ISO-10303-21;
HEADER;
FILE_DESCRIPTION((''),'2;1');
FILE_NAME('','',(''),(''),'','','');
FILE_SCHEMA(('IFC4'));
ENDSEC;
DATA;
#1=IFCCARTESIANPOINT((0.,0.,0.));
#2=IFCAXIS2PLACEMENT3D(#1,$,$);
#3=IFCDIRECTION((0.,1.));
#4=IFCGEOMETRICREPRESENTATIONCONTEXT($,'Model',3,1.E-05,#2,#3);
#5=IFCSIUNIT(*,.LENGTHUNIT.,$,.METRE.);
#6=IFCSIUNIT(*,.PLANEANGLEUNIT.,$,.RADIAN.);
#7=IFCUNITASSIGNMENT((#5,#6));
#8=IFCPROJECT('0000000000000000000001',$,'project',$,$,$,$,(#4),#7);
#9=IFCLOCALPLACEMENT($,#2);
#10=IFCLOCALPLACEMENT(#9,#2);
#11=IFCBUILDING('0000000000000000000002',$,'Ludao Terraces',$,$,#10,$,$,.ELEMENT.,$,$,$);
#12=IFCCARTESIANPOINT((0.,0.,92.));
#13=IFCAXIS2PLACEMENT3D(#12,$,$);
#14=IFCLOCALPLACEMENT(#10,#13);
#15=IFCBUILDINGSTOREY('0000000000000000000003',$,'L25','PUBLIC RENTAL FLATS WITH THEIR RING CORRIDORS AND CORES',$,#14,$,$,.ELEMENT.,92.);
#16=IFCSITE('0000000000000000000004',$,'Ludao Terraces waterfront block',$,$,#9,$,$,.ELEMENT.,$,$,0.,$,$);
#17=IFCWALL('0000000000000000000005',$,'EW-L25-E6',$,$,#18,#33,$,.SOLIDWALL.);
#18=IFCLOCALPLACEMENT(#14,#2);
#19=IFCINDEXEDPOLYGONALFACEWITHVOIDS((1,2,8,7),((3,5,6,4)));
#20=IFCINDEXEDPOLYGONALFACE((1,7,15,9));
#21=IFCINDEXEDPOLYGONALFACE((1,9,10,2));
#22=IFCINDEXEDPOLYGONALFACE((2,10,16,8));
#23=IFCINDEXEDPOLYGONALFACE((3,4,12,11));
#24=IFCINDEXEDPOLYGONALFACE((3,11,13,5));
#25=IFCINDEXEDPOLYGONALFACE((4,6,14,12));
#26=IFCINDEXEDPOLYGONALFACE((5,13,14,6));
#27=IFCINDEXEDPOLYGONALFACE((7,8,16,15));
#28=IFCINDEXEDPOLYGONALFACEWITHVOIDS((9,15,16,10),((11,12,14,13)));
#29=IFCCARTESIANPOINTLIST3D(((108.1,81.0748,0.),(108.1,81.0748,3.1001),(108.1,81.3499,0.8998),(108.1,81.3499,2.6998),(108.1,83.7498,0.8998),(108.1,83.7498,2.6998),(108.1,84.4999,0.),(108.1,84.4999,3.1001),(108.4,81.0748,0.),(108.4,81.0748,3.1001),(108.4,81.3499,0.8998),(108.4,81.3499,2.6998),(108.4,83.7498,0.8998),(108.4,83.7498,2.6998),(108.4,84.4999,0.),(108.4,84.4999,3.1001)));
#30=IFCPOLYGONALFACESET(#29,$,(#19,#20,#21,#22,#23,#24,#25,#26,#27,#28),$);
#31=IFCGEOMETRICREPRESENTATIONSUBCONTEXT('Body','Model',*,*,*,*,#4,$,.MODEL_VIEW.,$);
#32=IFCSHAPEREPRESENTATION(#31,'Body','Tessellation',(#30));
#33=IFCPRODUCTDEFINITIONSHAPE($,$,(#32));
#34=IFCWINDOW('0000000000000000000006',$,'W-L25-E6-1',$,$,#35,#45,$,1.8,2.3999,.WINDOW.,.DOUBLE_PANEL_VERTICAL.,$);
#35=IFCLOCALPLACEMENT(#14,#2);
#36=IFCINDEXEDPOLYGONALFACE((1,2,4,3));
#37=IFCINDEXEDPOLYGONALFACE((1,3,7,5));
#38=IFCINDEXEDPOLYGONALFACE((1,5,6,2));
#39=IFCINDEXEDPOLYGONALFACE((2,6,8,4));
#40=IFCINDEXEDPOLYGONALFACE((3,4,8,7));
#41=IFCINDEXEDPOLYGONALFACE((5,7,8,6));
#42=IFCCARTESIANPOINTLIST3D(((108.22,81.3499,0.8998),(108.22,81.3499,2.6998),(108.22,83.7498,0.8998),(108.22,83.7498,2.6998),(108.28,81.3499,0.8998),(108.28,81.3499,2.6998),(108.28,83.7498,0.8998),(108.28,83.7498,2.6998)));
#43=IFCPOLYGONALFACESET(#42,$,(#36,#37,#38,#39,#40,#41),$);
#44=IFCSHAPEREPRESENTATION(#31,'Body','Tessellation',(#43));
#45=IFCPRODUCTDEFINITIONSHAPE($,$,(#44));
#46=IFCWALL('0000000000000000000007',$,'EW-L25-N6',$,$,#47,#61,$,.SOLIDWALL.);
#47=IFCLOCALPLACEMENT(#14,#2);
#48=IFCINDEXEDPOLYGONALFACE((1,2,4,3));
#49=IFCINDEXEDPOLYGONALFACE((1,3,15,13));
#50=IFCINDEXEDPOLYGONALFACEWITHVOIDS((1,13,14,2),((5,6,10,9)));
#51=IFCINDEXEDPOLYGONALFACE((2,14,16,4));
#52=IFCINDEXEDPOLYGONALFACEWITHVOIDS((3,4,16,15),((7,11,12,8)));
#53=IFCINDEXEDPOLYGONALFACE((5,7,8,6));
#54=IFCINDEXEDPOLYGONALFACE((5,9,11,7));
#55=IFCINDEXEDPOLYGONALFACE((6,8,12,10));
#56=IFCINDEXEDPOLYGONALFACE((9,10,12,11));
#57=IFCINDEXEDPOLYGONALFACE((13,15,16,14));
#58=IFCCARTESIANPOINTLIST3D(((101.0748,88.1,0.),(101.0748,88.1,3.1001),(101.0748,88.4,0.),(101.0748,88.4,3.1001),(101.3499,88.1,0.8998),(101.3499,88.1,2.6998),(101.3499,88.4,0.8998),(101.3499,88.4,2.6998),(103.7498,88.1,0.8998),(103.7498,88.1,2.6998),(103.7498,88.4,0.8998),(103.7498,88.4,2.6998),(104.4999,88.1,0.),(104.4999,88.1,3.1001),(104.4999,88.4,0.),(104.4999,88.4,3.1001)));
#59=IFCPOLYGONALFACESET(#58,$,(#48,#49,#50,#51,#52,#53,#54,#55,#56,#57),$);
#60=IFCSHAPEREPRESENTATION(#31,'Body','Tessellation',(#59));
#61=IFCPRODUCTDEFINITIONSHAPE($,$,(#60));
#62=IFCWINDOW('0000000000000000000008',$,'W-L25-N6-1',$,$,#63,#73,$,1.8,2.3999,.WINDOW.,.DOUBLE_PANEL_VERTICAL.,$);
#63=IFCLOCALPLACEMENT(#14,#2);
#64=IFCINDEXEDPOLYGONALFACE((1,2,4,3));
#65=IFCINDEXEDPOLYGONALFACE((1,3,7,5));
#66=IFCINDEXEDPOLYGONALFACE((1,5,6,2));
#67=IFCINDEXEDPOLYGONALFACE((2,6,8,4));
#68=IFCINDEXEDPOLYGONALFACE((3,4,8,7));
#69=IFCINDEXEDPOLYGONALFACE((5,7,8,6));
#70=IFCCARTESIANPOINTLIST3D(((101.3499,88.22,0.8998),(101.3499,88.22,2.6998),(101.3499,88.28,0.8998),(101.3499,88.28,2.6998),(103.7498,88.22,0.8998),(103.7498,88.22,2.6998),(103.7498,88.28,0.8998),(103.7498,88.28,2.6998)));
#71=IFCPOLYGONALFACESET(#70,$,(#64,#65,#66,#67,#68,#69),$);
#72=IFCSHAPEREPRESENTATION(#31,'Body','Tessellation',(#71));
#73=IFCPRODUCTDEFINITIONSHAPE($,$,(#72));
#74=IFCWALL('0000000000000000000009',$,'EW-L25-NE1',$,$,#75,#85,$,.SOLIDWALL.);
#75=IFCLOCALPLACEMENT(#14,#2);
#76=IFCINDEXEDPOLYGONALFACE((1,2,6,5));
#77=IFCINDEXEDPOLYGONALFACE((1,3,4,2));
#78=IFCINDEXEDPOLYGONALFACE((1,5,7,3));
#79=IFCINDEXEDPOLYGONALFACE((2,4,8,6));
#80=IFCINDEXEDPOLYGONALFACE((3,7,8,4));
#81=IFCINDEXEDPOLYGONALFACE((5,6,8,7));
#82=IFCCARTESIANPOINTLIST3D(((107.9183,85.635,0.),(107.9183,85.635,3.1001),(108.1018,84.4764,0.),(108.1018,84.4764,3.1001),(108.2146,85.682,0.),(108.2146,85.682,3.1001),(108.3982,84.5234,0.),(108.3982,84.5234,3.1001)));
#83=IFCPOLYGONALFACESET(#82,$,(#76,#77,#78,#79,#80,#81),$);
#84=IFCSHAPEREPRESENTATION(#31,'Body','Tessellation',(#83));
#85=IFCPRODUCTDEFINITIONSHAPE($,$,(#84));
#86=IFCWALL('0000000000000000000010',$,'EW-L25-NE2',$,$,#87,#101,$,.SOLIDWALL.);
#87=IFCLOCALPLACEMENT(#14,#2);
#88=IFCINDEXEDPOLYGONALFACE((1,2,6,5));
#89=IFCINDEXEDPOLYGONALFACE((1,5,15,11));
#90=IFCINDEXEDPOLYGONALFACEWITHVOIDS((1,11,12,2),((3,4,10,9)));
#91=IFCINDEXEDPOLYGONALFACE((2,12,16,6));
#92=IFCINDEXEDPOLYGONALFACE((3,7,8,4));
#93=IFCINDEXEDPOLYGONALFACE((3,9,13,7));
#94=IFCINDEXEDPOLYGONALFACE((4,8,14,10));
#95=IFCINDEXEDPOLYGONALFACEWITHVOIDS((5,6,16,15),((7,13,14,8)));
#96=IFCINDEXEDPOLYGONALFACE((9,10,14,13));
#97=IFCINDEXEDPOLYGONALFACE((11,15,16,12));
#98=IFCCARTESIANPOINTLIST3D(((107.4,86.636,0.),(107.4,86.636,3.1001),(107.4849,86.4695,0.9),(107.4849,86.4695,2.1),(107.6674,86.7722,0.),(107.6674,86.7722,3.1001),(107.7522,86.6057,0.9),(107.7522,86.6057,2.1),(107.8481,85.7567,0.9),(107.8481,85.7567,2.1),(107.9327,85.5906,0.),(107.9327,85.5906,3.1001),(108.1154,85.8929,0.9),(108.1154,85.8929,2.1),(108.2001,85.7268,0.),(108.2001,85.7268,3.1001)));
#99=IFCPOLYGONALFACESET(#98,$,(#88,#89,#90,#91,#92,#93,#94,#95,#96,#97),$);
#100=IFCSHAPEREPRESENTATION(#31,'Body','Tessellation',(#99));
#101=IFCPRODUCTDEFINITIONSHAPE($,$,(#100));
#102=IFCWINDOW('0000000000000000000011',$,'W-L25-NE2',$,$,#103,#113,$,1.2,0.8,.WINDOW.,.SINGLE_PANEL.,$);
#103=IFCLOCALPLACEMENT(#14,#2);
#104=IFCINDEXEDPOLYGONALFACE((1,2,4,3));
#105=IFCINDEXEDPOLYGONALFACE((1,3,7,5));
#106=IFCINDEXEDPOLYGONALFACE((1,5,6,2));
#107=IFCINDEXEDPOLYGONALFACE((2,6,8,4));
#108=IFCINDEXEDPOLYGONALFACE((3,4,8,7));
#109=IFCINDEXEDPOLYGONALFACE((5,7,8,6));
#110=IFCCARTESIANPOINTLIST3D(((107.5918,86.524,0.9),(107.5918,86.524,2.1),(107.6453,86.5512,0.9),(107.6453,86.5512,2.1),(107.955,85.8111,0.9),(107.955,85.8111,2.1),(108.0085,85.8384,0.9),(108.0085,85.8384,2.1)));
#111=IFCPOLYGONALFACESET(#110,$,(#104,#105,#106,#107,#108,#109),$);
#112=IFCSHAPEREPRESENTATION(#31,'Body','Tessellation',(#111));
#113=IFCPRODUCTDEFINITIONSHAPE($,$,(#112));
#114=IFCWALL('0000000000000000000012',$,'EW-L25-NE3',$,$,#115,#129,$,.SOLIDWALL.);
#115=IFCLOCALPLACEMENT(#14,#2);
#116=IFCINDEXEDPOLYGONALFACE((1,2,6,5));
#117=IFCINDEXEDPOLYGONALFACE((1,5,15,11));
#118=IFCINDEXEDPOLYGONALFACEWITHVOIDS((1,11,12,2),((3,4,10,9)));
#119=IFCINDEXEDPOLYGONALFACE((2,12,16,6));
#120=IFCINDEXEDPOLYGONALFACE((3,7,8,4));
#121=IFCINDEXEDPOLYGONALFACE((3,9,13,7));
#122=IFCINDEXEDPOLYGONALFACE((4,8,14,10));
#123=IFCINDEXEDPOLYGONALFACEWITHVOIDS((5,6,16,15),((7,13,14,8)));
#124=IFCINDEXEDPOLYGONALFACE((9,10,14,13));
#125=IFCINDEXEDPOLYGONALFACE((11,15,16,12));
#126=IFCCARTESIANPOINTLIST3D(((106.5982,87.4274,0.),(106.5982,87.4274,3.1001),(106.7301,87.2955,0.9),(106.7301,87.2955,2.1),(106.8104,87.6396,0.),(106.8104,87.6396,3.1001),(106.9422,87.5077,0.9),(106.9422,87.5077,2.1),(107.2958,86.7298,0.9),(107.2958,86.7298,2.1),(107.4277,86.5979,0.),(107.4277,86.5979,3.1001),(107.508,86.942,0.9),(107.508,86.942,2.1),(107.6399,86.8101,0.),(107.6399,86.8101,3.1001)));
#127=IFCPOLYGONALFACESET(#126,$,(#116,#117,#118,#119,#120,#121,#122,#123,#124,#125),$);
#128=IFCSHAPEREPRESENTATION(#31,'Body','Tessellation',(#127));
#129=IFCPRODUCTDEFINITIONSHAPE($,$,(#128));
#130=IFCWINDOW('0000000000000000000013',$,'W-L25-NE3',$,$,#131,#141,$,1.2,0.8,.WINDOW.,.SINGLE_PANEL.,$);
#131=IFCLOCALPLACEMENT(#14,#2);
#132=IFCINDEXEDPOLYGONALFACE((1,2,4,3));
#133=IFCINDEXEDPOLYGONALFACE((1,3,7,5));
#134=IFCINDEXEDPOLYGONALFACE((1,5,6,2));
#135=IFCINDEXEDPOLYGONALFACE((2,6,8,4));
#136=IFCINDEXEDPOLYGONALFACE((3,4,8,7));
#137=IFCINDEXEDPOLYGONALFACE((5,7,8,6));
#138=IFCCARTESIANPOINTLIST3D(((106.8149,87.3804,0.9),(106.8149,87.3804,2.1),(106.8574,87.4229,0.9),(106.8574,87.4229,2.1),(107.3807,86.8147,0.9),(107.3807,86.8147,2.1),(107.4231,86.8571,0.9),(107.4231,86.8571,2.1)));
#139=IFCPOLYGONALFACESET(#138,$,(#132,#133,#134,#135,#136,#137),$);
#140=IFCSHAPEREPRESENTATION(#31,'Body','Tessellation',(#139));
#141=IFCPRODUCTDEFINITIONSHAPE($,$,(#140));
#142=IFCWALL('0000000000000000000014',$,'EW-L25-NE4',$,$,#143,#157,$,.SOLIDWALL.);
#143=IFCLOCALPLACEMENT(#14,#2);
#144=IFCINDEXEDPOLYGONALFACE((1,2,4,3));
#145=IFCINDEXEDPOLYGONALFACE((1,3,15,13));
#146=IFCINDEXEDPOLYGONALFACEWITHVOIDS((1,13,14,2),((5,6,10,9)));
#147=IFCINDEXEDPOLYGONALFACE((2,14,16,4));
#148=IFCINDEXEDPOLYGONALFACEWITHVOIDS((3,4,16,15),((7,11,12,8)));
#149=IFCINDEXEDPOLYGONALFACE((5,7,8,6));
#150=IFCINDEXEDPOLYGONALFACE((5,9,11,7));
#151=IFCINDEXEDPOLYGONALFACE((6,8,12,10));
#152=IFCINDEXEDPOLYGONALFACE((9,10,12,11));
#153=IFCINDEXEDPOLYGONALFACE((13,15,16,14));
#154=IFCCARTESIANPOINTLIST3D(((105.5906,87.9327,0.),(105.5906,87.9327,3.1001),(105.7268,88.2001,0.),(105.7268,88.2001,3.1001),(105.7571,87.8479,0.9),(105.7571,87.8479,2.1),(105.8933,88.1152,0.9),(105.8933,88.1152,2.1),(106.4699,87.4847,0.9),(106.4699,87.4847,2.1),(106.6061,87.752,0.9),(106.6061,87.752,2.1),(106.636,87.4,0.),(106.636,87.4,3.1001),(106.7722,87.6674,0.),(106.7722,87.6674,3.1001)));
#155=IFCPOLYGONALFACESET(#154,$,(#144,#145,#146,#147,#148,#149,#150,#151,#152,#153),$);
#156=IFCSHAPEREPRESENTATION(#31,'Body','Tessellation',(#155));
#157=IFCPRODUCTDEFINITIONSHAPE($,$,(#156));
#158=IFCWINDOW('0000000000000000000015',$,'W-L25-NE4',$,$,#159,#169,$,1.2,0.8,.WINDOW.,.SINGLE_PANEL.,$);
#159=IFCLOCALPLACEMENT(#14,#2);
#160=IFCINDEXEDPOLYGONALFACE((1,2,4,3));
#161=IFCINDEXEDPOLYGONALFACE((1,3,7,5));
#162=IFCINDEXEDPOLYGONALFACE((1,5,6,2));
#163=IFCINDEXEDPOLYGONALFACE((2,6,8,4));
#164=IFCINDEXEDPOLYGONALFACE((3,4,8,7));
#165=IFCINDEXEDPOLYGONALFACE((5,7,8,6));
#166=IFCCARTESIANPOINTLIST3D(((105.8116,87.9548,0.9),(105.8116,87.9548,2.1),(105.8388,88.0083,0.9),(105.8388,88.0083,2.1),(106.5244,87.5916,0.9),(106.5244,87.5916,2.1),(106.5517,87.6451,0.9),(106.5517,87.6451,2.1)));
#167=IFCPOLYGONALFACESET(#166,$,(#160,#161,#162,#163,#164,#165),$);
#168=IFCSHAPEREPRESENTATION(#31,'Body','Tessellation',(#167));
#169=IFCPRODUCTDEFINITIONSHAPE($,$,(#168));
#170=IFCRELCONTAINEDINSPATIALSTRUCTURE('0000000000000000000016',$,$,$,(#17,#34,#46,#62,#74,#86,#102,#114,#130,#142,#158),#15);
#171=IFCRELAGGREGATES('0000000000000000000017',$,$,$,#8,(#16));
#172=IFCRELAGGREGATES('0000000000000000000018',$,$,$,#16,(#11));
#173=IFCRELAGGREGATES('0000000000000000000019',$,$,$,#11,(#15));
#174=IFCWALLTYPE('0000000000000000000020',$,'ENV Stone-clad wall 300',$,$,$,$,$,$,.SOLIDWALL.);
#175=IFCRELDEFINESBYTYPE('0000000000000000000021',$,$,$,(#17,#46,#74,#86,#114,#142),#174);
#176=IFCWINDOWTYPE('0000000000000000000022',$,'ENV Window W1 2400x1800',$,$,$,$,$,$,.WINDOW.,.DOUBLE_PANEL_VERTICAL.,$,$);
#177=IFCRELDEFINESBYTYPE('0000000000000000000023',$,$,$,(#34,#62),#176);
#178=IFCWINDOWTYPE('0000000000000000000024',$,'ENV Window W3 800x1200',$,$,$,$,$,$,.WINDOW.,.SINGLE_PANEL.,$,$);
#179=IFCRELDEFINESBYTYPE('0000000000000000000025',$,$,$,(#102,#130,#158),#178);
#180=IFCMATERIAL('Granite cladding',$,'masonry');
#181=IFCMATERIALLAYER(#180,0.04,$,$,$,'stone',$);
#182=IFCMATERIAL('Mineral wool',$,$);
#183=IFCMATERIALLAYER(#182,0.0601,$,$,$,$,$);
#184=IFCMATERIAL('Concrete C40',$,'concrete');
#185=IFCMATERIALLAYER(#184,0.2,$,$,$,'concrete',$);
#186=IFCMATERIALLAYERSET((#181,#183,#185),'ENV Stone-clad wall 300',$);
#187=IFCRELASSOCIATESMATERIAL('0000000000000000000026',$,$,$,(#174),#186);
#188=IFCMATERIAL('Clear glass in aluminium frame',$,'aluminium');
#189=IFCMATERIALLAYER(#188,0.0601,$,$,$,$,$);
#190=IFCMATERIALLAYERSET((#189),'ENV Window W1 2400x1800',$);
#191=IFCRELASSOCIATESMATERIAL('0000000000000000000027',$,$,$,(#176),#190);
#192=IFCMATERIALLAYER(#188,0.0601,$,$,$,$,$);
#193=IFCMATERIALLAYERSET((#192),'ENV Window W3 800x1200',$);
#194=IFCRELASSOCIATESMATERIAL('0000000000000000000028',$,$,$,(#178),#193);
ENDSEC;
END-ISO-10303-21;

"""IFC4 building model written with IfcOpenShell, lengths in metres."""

from ifc_helpers import new_model, si_unit, direction, frame, frame_2d, origin, place, context, subcontext, project, spatial, rectangle, extrude, material, layer, layer_set, type_object, element, fill, save


model = new_model("IFC4")

# Units and contexts
model_context = context("Model", 3, precision=1e-05, world=origin(), true_north=direction((0.0, 1.0)))
body_context = subcontext(model_context, "Body", "Model", "MODEL_VIEW")
ifc_project = project(units=[si_unit("LENGTHUNIT", "METRE"), si_unit("PLANEANGLEUNIT", "RADIAN")], contexts=[model_context])

# Site, building, storey
site_placement = place(None, origin())
site = spatial("IfcSite", under=ifc_project, at=site_placement, Name="Ludao Terraces waterfront block", CompositionType="ELEMENT", RefElevation=0.0)
building_placement = place(site_placement, origin())
building = spatial("IfcBuilding", under=site, at=building_placement, Name="Ludao Terraces", CompositionType="ELEMENT")
storey_placement = place(building_placement, frame((0.0, 0.0, 92.0)))
storey = spatial("IfcBuildingStorey", under=building, at=storey_placement, Name="L25", Description="PUBLIC RENTAL FLATS WITH THEIR RING CORRIDORS AND CORES", CompositionType="ELEMENT", Elevation=92.0)

# Shared definitions
ifc_material_1 = material(Name="Concrete C40", Category="concrete")

# Walls, openings, windows
ifc_material_2 = material(Name="Granite cladding", Category="masonry")
ifc_layer_1 = layer(ifc_material_2, 0.04, Category="stone")
ifc_material_3 = material(Name="Mineral wool")
ifc_layer_2 = layer(ifc_material_3, 0.0601)
ifc_layer_3 = layer(ifc_material_1, 0.2, Category="concrete")
ifc_layer_set_1 = layer_set([ifc_layer_1, ifc_layer_2, ifc_layer_3], Name="ENV Stone-clad wall 300")
wall_type_1 = type_object("IfcWallType", Name="ENV Stone-clad wall 300", PredefinedType="SOLIDWALL", material=ifc_layer_set_1)
wall_1_placement = place(storey_placement, frame((108.25, 81.075, 0.0), z_axis=(0.0, 0.0, 1.0), x_axis=(0.0, 1.0, 0.0)))
wall_1 = element("IfcWall", 1, at=wall_1_placement, inside=storey, type_object=wall_type_1, Name="EW-L25-E6", PredefinedType="SOLIDWALL", context=body_context, shape_type="SweptSolid", body=[
    extrude(rectangle(XDim=3.425, YDim=0.3, at=frame_2d((1.7124, 0.0))), origin(), (0.0, 0.0, 1.0), 3.1001),
])
opening_1_placement = place(wall_1_placement, frame((0.2749, 0.0, 0.8999)))
opening_1 = element("IfcOpeningElement", 2, at=opening_1_placement, cuts=wall_1, PredefinedType="OPENING", context=body_context, shape_type="SweptSolid", body=[
    extrude(rectangle(XDim=2.3999, YDim=1.8, at=frame_2d((1.2, 0.8999))), frame((0.0, 0.1602, 0.0), z_axis=(0.0, -1.0, 0.0), x_axis=(1.0, 0.0, 0.0)), (0.0, 0.0, 1.0), 0.3201),
])
ifc_material_4 = material(Name="Clear glass in aluminium frame", Category="aluminium")
ifc_layer_4 = layer(ifc_material_4, 0.0601)
ifc_layer_set_2 = layer_set([ifc_layer_4], Name="ENV Window W1 2400x1800")
window_type_1 = type_object("IfcWindowType", Name="ENV Window W1 2400x1800", PartitioningType="DOUBLE_PANEL_VERTICAL", PredefinedType="WINDOW", material=ifc_layer_set_2)
window_1_placement = place(opening_1_placement, origin())
window_1 = element("IfcWindow", 3, at=window_1_placement, inside=storey, type_object=window_type_1, Name="W-L25-E6-1", OverallHeight=1.8, OverallWidth=2.3999, PartitioningType="DOUBLE_PANEL_VERTICAL", PredefinedType="WINDOW", context=body_context, shape_type="SweptSolid", body=[
    extrude(rectangle(XDim=2.3999, YDim=1.8, at=frame_2d((1.2, 0.8999))), frame((0.0, 0.03, 0.0), z_axis=(0.0, -1.0, 0.0), x_axis=(1.0, 0.0, 0.0)), (0.0, 0.0, 1.0), 0.0601),
])
fill(opening_1, window_1)
wall_2_placement = place(storey_placement, frame((101.075, 88.25, 0.0), z_axis=(0.0, 0.0, 1.0), x_axis=(1.0, 0.0, 0.0)))
wall_2 = element("IfcWall", 4, at=wall_2_placement, inside=storey, type_object=wall_type_1, Name="EW-L25-N6", PredefinedType="SOLIDWALL", context=body_context, shape_type="SweptSolid", body=[
    extrude(rectangle(XDim=3.425, YDim=0.3, at=frame_2d((1.7124, 0.0))), origin(), (0.0, 0.0, 1.0), 3.1001),
])
opening_2_placement = place(wall_2_placement, frame((0.2749, 0.0, 0.8999)))
opening_2 = element("IfcOpeningElement", 5, at=opening_2_placement, cuts=wall_2, PredefinedType="OPENING", context=body_context, shape_type="SweptSolid", body=[
    extrude(rectangle(XDim=2.3999, YDim=1.8, at=frame_2d((1.2, 0.8999))), frame((0.0, 0.1602, 0.0), z_axis=(0.0, -1.0, 0.0), x_axis=(1.0, 0.0, 0.0)), (0.0, 0.0, 1.0), 0.3201),
])
window_2_placement = place(opening_2_placement, origin())
window_2 = element("IfcWindow", 6, at=window_2_placement, inside=storey, type_object=window_type_1, Name="W-L25-N6-1", OverallHeight=1.8, OverallWidth=2.3999, PartitioningType="DOUBLE_PANEL_VERTICAL", PredefinedType="WINDOW", context=body_context, shape_type="SweptSolid", body=[
    extrude(rectangle(XDim=2.3999, YDim=1.8, at=frame_2d((1.2, 0.8999))), frame((0.0, 0.03, 0.0), z_axis=(0.0, -1.0, 0.0), x_axis=(1.0, 0.0, 0.0)), (0.0, 0.0, 1.0), 0.0601),
])
fill(opening_2, window_2)

# Wall
wall_3_placement = place(storey_placement, frame((108.25, 84.5, 0.0), z_axis=(0.0, 0.0, 1.0), x_axis=(-0.156497, 0.987678, 0.0)))
element("IfcWall", 7, at=wall_3_placement, inside=storey, type_object=wall_type_1, Name="EW-L25-NE1", PredefinedType="SOLIDWALL", context=body_context, shape_type="SweptSolid", body=[
    extrude(rectangle(XDim=1.1731, YDim=0.3, at=frame_2d((0.5864, 0.0))), origin(), (0.0, 0.0, 1.0), 3.1001),
])

# Walls, openings, windows
wall_4_placement = place(storey_placement, frame((108.0664, 85.6587, 0.0), z_axis=(0.0, 0.0, 1.0), x_axis=(-0.454026, 0.890989, 0.0)))
wall_4 = element("IfcWall", 8, at=wall_4_placement, inside=storey, type_object=wall_type_1, Name="EW-L25-NE2", PredefinedType="SOLIDWALL", context=body_context, shape_type="SweptSolid", body=[
    extrude(rectangle(XDim=1.1733, YDim=0.3, at=frame_2d((0.5867, 0.0))), origin(), (0.0, 0.0, 1.0), 3.1001),
])
opening_3_placement = place(wall_4_placement, frame((0.1865, 0.0, 0.8999)))
opening_3 = element("IfcOpeningElement", 9, at=opening_3_placement, cuts=wall_4, PredefinedType="OPENING", context=body_context, shape_type="SweptSolid", body=[
    extrude(rectangle(XDim=0.8, YDim=1.2, at=frame_2d((0.3999, 0.6001))), frame((0.0, 0.1602, 0.0), z_axis=(0.0, -1.0, 0.0), x_axis=(1.0, 0.0, 0.0)), (0.0, 0.0, 1.0), 0.3201),
])
ifc_layer_5 = layer(ifc_material_4, 0.0601)
ifc_layer_set_3 = layer_set([ifc_layer_5], Name="ENV Window W3 800x1200")
window_type_2 = type_object("IfcWindowType", Name="ENV Window W3 800x1200", PartitioningType="SINGLE_PANEL", PredefinedType="WINDOW", material=ifc_layer_set_3)
window_3_placement = place(opening_3_placement, origin())
window_3 = element("IfcWindow", 10, at=window_3_placement, inside=storey, type_object=window_type_2, Name="W-L25-NE2", OverallHeight=1.2, OverallWidth=0.8, PartitioningType="SINGLE_PANEL", PredefinedType="WINDOW", context=body_context, shape_type="SweptSolid", body=[
    extrude(rectangle(XDim=0.8, YDim=1.2, at=frame_2d((0.3999, 0.6001))), frame((0.0, 0.03, 0.0), z_axis=(0.0, -1.0, 0.0), x_axis=(1.0, 0.0, 0.0)), (0.0, 0.0, 1.0), 0.0601),
])
fill(opening_3, window_3)
wall_5_placement = place(storey_placement, frame((107.5337, 86.7041, 0.0), z_axis=(0.0, 0.0, 1.0), x_axis=(-0.707107, 0.707107, 0.0)))
wall_5 = element("IfcWall", 11, at=wall_5_placement, inside=storey, type_object=wall_type_1, Name="EW-L25-NE3", PredefinedType="SOLIDWALL", context=body_context, shape_type="SweptSolid", body=[
    extrude(rectangle(XDim=1.1731, YDim=0.3, at=frame_2d((0.5864, 0.0))), origin(), (0.0, 0.0, 1.0), 3.1001),
])
opening_4_placement = place(wall_5_placement, frame((0.1865, 0.0, 0.8999)))
opening_4 = element("IfcOpeningElement", 12, at=opening_4_placement, cuts=wall_5, PredefinedType="OPENING", context=body_context, shape_type="SweptSolid", body=[
    extrude(rectangle(XDim=0.8, YDim=1.2, at=frame_2d((0.3999, 0.6001))), frame((0.0, 0.1602, 0.0), z_axis=(0.0, -1.0, 0.0), x_axis=(1.0, 0.0, 0.0)), (0.0, 0.0, 1.0), 0.3201),
])
window_4_placement = place(opening_4_placement, origin())
window_4 = element("IfcWindow", 13, at=window_4_placement, inside=storey, type_object=window_type_2, Name="W-L25-NE3", OverallHeight=1.2, OverallWidth=0.8, PartitioningType="SINGLE_PANEL", PredefinedType="WINDOW", context=body_context, shape_type="SweptSolid", body=[
    extrude(rectangle(XDim=0.8, YDim=1.2, at=frame_2d((0.3999, 0.6001))), frame((0.0, 0.03, 0.0), z_axis=(0.0, -1.0, 0.0), x_axis=(1.0, 0.0, 0.0)), (0.0, 0.0, 1.0), 0.0601),
])
fill(opening_4, window_4)
wall_6_placement = place(storey_placement, frame((106.7041, 87.5337, 0.0), z_axis=(0.0, 0.0, 1.0), x_axis=(-0.890989, 0.454026, 0.0)))
wall_6 = element("IfcWall", 14, at=wall_6_placement, inside=storey, type_object=wall_type_1, Name="EW-L25-NE4", PredefinedType="SOLIDWALL", context=body_context, shape_type="SweptSolid", body=[
    extrude(rectangle(XDim=1.1733, YDim=0.3, at=frame_2d((0.5867, 0.0))), origin(), (0.0, 0.0, 1.0), 3.1001),
])
opening_5_placement = place(wall_6_placement, frame((0.1865, 0.0, 0.8999)))
opening_5 = element("IfcOpeningElement", 15, at=opening_5_placement, cuts=wall_6, PredefinedType="OPENING", context=body_context, shape_type="SweptSolid", body=[
    extrude(rectangle(XDim=0.8, YDim=1.2, at=frame_2d((0.3999, 0.6001))), frame((0.0, 0.1602, 0.0), z_axis=(0.0, -1.0, 0.0), x_axis=(1.0, 0.0, 0.0)), (0.0, 0.0, 1.0), 0.3201),
])
window_5_placement = place(opening_5_placement, origin())
window_5 = element("IfcWindow", 16, at=window_5_placement, inside=storey, type_object=window_type_2, Name="W-L25-NE4", OverallHeight=1.2, OverallWidth=0.8, PartitioningType="SINGLE_PANEL", PredefinedType="WINDOW", context=body_context, shape_type="SweptSolid", body=[
    extrude(rectangle(XDim=0.8, YDim=1.2, at=frame_2d((0.3999, 0.6001))), frame((0.0, 0.03, 0.0), z_axis=(0.0, -1.0, 0.0), x_axis=(1.0, 0.0, 0.0)), (0.0, 0.0, 1.0), 0.0601),
])
fill(opening_5, window_5)

save(model, "model.ifc")
